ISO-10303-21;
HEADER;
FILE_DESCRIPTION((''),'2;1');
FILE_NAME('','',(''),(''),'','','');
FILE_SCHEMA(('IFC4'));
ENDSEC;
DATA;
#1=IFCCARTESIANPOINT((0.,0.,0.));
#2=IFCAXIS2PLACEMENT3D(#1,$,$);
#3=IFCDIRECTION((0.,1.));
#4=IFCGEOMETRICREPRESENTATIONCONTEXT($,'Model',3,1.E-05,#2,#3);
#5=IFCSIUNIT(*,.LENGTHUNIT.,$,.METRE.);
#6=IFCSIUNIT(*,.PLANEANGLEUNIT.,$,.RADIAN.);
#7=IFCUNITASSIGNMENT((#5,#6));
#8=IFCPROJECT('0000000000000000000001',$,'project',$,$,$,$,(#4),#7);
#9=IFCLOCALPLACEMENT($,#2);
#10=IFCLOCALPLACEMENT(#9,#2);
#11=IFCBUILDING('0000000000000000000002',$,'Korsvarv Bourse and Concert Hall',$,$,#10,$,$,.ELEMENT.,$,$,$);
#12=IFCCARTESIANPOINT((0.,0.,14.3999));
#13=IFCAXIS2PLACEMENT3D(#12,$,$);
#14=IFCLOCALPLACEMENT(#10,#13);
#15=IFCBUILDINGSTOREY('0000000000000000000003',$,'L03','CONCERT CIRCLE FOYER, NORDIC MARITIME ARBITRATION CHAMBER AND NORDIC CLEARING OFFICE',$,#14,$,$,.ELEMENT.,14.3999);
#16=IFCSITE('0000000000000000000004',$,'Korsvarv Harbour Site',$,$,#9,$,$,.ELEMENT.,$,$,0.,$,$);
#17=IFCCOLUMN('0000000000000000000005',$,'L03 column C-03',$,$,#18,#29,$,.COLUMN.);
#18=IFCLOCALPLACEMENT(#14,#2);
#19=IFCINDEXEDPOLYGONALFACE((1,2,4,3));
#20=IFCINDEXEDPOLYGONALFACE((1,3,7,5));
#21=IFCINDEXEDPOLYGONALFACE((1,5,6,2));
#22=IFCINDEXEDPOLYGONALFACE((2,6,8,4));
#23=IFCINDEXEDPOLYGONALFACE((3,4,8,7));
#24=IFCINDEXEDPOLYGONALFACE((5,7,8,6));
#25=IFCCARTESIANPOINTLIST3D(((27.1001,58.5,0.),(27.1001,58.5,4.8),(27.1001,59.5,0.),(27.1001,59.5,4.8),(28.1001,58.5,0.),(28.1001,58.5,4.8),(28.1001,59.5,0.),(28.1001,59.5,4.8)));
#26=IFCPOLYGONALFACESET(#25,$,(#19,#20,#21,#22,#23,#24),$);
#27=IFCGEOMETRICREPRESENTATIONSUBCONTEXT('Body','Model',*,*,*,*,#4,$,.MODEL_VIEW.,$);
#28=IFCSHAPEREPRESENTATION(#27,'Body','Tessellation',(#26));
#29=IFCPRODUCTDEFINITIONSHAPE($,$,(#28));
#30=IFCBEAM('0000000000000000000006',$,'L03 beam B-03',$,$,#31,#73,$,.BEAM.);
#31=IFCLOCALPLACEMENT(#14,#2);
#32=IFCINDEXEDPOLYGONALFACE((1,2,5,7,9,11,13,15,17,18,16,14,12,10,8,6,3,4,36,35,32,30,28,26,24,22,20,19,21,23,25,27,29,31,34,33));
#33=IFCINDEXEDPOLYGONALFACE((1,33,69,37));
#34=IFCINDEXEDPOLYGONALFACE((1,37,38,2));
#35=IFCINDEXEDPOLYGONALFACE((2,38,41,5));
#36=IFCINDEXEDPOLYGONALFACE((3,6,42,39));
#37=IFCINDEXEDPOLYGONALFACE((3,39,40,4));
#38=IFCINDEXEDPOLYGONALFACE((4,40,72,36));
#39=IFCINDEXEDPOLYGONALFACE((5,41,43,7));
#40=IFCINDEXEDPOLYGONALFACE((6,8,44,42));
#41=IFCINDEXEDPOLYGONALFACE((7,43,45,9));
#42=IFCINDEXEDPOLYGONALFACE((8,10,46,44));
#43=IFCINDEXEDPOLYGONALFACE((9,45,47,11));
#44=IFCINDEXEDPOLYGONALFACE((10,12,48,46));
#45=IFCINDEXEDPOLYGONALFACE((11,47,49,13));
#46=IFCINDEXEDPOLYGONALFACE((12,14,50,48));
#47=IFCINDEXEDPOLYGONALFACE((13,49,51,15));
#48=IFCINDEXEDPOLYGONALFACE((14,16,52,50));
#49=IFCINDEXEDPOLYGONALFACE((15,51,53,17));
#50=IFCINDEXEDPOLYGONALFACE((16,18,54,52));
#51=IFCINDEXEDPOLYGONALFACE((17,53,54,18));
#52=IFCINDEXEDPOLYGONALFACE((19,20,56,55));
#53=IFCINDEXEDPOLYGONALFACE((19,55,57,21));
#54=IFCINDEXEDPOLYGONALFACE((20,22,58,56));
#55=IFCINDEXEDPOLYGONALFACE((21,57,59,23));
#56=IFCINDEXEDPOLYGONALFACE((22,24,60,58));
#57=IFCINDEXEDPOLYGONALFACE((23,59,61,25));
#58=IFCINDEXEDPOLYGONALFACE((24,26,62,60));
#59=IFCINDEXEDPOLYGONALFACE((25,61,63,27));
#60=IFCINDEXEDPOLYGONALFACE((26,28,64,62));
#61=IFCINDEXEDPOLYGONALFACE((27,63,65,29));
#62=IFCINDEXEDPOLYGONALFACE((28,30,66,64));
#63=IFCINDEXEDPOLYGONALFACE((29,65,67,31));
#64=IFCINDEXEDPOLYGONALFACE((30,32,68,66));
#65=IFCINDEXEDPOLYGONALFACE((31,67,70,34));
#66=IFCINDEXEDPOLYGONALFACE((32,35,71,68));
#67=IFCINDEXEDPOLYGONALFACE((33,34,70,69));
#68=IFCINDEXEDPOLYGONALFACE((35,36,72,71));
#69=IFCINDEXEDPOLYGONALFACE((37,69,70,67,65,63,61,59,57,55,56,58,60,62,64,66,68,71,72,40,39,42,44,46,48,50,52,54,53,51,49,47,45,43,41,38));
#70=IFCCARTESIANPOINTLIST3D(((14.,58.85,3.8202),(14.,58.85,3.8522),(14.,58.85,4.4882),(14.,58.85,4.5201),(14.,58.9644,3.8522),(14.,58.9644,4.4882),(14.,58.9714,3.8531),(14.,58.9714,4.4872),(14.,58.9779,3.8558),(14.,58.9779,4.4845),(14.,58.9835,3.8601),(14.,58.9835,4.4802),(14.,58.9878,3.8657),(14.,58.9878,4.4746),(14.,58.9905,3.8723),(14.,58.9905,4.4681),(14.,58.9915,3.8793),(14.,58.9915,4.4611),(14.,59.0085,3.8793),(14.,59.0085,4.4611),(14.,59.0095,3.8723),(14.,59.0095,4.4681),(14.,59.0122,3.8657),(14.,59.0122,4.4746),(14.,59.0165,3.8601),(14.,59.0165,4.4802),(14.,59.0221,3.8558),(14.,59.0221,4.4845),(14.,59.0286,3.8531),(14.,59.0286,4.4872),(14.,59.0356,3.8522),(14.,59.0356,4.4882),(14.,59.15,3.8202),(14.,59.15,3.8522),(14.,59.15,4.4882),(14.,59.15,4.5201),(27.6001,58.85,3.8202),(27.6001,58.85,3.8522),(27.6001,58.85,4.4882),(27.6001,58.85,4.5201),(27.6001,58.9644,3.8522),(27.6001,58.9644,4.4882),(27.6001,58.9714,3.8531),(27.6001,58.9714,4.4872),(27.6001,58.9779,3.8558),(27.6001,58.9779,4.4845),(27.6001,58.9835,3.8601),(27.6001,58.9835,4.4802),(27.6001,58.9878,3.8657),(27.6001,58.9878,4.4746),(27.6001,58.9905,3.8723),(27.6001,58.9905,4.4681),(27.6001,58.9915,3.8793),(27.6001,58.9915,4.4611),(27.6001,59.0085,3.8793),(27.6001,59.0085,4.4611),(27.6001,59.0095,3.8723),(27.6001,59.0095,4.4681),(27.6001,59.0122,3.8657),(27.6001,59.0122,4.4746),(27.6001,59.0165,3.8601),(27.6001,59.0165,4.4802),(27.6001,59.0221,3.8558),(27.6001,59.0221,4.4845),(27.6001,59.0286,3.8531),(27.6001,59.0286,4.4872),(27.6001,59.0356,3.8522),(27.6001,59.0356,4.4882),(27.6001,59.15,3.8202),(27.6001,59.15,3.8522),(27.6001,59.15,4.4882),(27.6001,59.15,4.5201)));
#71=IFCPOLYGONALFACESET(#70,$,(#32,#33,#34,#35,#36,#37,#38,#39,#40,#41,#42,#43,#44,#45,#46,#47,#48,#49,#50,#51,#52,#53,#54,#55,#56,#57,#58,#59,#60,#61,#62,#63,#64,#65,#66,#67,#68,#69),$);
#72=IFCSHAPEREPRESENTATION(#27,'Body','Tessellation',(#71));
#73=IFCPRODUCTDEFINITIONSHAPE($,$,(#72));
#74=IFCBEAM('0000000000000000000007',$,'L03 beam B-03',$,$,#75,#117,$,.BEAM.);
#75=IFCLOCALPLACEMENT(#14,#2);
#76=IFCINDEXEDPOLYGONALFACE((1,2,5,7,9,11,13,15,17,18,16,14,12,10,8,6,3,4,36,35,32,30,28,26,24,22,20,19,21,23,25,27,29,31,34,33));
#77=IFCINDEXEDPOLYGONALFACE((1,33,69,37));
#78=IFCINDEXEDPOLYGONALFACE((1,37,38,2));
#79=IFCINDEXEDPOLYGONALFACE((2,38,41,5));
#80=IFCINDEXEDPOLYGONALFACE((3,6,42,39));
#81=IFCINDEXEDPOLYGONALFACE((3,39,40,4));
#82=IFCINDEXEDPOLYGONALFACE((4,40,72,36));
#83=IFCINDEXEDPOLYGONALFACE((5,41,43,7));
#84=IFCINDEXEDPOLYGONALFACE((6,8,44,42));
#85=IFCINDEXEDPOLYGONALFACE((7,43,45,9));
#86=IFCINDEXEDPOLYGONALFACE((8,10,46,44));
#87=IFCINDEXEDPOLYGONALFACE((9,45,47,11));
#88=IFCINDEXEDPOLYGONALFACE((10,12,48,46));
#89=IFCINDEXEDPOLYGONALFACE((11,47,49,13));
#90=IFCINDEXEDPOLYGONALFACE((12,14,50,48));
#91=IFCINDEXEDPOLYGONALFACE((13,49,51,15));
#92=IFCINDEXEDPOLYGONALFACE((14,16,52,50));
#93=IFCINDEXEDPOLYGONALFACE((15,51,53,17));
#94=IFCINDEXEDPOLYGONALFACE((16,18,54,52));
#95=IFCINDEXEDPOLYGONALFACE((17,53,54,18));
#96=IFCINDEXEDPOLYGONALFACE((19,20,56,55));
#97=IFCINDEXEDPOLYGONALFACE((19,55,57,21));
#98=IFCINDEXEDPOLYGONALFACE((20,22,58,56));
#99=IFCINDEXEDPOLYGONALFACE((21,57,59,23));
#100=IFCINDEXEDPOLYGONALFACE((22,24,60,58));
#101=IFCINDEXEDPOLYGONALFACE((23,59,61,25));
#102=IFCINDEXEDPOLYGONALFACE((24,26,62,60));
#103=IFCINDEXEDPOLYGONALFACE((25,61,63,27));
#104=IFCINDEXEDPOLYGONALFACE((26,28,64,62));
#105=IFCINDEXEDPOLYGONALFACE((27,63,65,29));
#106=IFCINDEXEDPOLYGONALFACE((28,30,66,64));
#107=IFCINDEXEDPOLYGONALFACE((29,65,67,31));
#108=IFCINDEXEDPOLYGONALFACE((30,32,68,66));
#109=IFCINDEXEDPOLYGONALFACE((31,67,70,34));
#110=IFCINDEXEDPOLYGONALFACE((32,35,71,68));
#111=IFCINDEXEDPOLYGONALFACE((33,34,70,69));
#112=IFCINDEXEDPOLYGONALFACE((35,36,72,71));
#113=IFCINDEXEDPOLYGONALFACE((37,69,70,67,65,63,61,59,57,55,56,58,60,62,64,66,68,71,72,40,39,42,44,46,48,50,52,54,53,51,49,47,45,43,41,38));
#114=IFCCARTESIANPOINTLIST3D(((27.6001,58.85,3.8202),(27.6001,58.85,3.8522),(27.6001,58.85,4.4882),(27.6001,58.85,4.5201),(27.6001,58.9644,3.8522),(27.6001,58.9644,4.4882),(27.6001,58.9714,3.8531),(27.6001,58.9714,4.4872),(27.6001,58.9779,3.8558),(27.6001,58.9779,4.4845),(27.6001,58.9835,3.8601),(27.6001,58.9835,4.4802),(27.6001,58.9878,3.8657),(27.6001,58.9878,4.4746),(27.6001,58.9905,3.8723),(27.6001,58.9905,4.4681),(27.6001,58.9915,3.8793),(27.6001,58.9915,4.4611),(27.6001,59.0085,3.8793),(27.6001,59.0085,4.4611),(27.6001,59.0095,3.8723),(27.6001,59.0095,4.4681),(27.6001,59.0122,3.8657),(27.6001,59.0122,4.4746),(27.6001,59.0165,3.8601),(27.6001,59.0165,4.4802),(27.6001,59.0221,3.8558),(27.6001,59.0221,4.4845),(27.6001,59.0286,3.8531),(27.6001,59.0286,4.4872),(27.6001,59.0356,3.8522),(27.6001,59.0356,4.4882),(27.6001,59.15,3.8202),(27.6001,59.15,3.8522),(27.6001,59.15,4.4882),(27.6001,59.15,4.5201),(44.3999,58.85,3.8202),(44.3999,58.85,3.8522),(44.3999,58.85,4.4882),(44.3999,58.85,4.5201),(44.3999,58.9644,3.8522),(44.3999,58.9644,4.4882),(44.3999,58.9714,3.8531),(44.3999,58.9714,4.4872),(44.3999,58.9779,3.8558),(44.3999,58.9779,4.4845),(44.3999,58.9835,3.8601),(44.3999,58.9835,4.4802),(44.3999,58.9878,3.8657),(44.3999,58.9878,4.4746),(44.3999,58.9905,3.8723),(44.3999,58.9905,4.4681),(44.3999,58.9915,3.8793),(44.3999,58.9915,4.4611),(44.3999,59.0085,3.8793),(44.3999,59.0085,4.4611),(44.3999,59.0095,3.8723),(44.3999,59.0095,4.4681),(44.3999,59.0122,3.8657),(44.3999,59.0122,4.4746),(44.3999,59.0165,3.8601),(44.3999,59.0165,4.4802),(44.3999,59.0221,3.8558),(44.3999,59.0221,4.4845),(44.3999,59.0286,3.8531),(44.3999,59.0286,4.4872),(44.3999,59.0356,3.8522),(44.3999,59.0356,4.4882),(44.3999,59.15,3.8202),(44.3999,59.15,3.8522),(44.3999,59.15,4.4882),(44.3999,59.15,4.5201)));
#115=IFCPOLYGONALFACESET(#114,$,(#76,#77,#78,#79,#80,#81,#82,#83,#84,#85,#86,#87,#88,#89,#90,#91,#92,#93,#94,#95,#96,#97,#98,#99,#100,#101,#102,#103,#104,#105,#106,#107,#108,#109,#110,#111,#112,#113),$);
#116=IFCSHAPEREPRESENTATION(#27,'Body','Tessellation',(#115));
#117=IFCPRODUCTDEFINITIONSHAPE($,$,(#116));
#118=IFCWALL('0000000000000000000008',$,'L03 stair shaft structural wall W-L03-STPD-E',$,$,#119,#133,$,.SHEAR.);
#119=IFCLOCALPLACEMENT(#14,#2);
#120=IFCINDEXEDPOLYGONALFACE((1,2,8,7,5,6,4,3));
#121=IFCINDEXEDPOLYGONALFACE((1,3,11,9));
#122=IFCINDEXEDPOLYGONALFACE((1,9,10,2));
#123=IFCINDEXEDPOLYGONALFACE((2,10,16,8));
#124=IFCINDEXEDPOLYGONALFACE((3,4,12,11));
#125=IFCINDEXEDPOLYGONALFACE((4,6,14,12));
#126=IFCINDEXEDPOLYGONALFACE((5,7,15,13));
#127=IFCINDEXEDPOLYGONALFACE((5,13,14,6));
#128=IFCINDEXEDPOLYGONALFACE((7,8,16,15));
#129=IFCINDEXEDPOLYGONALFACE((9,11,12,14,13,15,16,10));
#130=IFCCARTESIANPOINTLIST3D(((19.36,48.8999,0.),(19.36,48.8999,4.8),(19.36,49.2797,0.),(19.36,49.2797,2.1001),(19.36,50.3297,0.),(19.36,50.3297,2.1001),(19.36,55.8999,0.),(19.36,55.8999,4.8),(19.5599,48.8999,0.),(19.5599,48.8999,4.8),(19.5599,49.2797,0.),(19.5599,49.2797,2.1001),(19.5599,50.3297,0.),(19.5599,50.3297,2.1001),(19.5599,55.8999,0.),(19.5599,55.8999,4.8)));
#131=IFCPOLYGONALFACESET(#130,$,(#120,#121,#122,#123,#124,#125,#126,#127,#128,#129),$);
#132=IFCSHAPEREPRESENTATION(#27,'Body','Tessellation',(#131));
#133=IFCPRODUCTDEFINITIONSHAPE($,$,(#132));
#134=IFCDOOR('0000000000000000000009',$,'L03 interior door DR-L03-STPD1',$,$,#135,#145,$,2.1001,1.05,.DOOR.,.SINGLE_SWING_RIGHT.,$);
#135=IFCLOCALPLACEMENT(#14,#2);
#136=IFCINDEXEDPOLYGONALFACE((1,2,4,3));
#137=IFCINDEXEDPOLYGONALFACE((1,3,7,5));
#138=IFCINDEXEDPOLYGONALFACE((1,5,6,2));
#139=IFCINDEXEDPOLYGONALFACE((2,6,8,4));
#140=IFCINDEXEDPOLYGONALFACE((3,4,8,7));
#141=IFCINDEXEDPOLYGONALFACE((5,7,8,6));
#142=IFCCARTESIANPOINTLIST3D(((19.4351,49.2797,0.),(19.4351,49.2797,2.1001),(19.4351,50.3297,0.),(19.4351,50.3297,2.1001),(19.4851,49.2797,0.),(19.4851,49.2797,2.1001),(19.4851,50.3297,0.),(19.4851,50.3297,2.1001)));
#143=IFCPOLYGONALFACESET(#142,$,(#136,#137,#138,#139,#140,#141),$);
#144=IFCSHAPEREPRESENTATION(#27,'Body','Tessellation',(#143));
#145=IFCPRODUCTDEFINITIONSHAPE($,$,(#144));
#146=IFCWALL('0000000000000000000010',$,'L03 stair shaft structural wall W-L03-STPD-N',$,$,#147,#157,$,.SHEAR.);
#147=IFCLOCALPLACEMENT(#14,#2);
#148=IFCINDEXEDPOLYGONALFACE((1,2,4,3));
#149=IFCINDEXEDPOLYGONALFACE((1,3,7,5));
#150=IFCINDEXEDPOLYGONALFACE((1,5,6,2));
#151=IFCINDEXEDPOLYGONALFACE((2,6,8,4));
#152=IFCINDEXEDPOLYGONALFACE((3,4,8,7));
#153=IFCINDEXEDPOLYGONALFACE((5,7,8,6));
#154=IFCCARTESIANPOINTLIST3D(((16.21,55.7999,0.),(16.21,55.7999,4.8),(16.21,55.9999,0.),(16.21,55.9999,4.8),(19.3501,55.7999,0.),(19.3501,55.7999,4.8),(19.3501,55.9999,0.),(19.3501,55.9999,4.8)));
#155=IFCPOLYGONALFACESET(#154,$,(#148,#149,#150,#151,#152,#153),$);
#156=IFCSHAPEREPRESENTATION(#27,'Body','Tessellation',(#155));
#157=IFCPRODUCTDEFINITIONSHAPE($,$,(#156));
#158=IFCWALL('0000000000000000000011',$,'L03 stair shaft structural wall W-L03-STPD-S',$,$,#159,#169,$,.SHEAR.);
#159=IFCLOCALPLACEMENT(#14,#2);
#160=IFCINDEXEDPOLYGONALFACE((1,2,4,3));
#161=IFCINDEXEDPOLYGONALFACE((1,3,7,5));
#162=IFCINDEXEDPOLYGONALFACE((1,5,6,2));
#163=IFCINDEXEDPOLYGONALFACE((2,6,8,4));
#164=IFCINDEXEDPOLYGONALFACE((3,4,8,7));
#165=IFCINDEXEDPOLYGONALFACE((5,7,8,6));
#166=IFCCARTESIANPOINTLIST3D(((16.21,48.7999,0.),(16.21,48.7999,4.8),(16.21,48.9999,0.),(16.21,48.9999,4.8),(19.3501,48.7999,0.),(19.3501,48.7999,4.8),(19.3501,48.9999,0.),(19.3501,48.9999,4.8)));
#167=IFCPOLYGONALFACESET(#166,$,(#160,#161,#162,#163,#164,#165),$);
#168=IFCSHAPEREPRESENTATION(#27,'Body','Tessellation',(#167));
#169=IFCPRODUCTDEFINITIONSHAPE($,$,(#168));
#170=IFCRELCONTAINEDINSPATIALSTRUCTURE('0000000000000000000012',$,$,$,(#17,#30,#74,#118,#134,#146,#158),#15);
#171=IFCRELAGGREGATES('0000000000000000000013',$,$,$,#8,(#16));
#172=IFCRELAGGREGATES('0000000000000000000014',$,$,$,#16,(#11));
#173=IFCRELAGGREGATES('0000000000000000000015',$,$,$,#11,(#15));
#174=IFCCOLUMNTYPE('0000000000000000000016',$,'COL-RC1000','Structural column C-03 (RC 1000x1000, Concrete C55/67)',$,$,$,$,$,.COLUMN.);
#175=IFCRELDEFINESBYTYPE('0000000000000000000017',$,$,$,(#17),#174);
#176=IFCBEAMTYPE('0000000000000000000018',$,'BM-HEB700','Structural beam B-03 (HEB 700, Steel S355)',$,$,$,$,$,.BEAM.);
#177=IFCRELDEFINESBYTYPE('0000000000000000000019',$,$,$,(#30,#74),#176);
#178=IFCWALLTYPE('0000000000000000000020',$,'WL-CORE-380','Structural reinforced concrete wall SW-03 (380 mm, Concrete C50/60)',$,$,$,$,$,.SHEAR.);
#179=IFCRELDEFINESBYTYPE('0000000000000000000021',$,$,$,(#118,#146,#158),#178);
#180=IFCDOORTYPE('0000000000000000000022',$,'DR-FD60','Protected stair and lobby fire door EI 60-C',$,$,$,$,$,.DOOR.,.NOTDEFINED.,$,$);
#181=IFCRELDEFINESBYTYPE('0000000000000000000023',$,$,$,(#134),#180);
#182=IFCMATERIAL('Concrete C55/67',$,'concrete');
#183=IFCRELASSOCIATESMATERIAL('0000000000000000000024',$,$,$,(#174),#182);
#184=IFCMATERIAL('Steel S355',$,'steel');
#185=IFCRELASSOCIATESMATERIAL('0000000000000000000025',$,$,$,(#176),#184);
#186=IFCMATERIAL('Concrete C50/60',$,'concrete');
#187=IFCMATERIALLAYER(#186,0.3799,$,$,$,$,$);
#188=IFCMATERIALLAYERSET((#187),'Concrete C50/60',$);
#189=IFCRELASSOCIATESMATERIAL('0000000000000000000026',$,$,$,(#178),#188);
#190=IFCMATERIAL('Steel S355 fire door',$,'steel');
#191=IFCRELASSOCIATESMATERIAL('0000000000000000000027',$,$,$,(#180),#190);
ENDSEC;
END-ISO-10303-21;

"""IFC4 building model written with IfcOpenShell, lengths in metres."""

from ifc_helpers import new_model, si_unit, direction, frame, frame_2d, origin, origin_2d, place, context, subcontext, project, spatial, rectangle, i_section, extrude, source, transform, mapped, material, layer, layer_set, material_profile, profile_set, type_object, element, fill, save


model = new_model("IFC4")

# Units and contexts
model_context = context("Model", 3, precision=1e-05, world=origin(), true_north=direction((0.0, 1.0)))
body_context = subcontext(model_context, "Body", "Model", "MODEL_VIEW")
ifc_project = project(units=[si_unit("LENGTHUNIT", "METRE"), si_unit("PLANEANGLEUNIT", "RADIAN")], contexts=[model_context])

# Site, building, storey
site_placement = place(None, origin())
site = spatial("IfcSite", under=ifc_project, at=site_placement, Name="Korsvarv Harbour Site", CompositionType="ELEMENT", RefElevation=0.0)
building_placement = place(site_placement, origin())
building = spatial("IfcBuilding", under=site, at=building_placement, Name="Korsvarv Bourse and Concert Hall", CompositionType="ELEMENT")
storey_placement = place(building_placement, frame((0.0, 0.0, 14.3999)))
storey = spatial("IfcBuildingStorey", under=building, at=storey_placement, Name="L03", Description="CONCERT CIRCLE FOYER, NORDIC MARITIME ARBITRATION CHAMBER AND NORDIC CLEARING OFFICE", CompositionType="ELEMENT", Elevation=14.3999)

# Column
ifc_material_1 = material(Name="Concrete C55/67", Category="concrete")
ifc_material_profile_1 = material_profile(ifc_material_1, rectangle(XDim=1.0, YDim=1.0, at=origin_2d()), Name="RC 1000x1000")
ifc_profile_set_1 = profile_set([ifc_material_profile_1], Name="Concrete C55/67")
column_type = type_object("IfcColumnType", Name="COL-RC1000", Description="Structural column C-03 (RC 1000x1000, Concrete C55/67)", PredefinedType="COLUMN", material=ifc_profile_set_1)
shared_shape_1 = source(origin(), body_context, "Body", "SweptSolid", [
    extrude(rectangle(XDim=1.0, YDim=1.0, at=origin_2d()), origin(), (0.0, 0.0, 1.0), 4.8),
])
column_placement = place(storey_placement, frame((27.6001, 59.0, 0.0), z_axis=(0.0, 0.0, 1.0), x_axis=(1.0, 0.0, 0.0)))
element("IfcColumn", 1, at=column_placement, inside=storey, type_object=column_type, Name="L03 column C-03", PredefinedType="COLUMN", context=body_context, shape_type="MappedRepresentation", body=[
    mapped(shared_shape_1, transform((0.0, 0.0, 0.0), scale=1.0)),
])

# Beams
ifc_material_2 = material(Name="Steel S355", Category="steel")
ifc_material_profile_2 = material_profile(ifc_material_2, i_section(OverallWidth=0.3, OverallDepth=0.7, WebThickness=0.0171, FlangeThickness=0.032, FilletRadius=0.0271, at=origin_2d()), Name="HEB 700")
ifc_profile_set_2 = profile_set([ifc_material_profile_2], Name="Steel S355")
beam_type = type_object("IfcBeamType", Name="BM-HEB700", Description="Structural beam B-03 (HEB 700, Steel S355)", PredefinedType="BEAM", material=ifc_profile_set_2)
shared_shape_2 = source(origin(), body_context, "Body", "SweptSolid", [
    extrude(i_section(OverallWidth=0.3, OverallDepth=0.7, WebThickness=0.0171, FlangeThickness=0.032, FilletRadius=0.0271, at=origin_2d()), origin(), (0.0, 0.0, 1.0), 13.6001),
])
beam_1_placement = place(storey_placement, frame((14.0, 59.0, 4.1702), z_axis=(1.0, 0.0, 0.0), x_axis=(0.0, 1.0, 0.0)))
element("IfcBeam", 2, at=beam_1_placement, inside=storey, type_object=beam_type, Name="L03 beam B-03", PredefinedType="BEAM", context=body_context, shape_type="MappedRepresentation", body=[
    mapped(shared_shape_2, transform((0.0, 0.0, 0.0), scale=1.0)),
])
shared_shape_3 = source(origin(), body_context, "Body", "SweptSolid", [
    extrude(i_section(OverallWidth=0.3, OverallDepth=0.7, WebThickness=0.0171, FlangeThickness=0.032, FilletRadius=0.0271, at=origin_2d()), origin(), (0.0, 0.0, 1.0), 16.7998),
])
beam_2_placement = place(storey_placement, frame((27.6001, 59.0, 4.1702), z_axis=(1.0, 0.0, 0.0), x_axis=(0.0, 1.0, 0.0)))
element("IfcBeam", 3, at=beam_2_placement, inside=storey, type_object=beam_type, Name="L03 beam B-03", PredefinedType="BEAM", context=body_context, shape_type="MappedRepresentation", body=[
    mapped(shared_shape_3, transform((0.0, 0.0, 0.0), scale=1.0)),
])

# Wall, opening, door
ifc_material_3 = material(Name="Concrete C50/60", Category="concrete")
ifc_layer_1 = layer(ifc_material_3, 0.3799)
ifc_layer_set_1 = layer_set([ifc_layer_1], Name="Concrete C50/60")
wall_type_1 = type_object("IfcWallType", Name="WL-CORE-380", Description="Structural reinforced concrete wall SW-03 (380 mm, Concrete C50/60)", PredefinedType="SHEAR", material=ifc_layer_set_1)
wall_1_placement = place(storey_placement, frame((19.46, 48.8999, 0.0), z_axis=(0.0, 0.0, 1.0), x_axis=(0.0, 1.0, 0.0)))
wall_1 = element("IfcWall", 4, at=wall_1_placement, inside=storey, type_object=wall_type_1, Name="L03 stair shaft structural wall W-L03-STPD-E", PredefinedType="SHEAR", context=body_context, shape_type="SweptSolid", body=[
    extrude(rectangle(XDim=7.0, YDim=0.2, at=frame_2d((3.5, 0.0))), origin(), (0.0, 0.0, 1.0), 4.8),
])
opening_1_placement = place(wall_1_placement, frame((0.3799, 0.0, 0.0)))
opening_1 = element("IfcOpeningElement", 5, at=opening_1_placement, cuts=wall_1, PredefinedType="OPENING", context=body_context, shape_type="SweptSolid", body=[
    extrude(rectangle(XDim=1.05, YDim=2.1001, at=frame_2d((0.5249, 1.05))), frame((0.0, 0.1099, 0.0), z_axis=(0.0, -1.0, 0.0), x_axis=(1.0, 0.0, 0.0)), (0.0, 0.0, 1.0), 0.22),
])
ifc_material_4 = material(Name="Steel S355 fire door", Category="steel")
door_type = type_object("IfcDoorType", Name="DR-FD60", Description="Protected stair and lobby fire door EI 60-C", OperationType="NOTDEFINED", PredefinedType="DOOR", material=ifc_material_4)
door_placement = place(opening_1_placement, origin())
door = element("IfcDoor", 6, at=door_placement, inside=storey, type_object=door_type, Name="L03 interior door DR-L03-STPD1", OperationType="SINGLE_SWING_RIGHT", OverallHeight=2.1001, OverallWidth=1.05, PredefinedType="DOOR", context=body_context, shape_type="SweptSolid", body=[
    extrude(rectangle(XDim=1.05, YDim=2.1001, at=frame_2d((0.5249, 1.05))), frame((0.0, 0.0249, 0.0), z_axis=(0.0, -1.0, 0.0), x_axis=(1.0, 0.0, 0.0)), (0.0, 0.0, 1.0), 0.05),
])
fill(opening_1, door)

# Walls
for number, where, z_axis, x_axis, name in (
    (7, (16.21, 55.8999, 0.0), (0.0, 0.0, 1.0), (1.0, 0.0, 0.0), "L03 stair shaft structural wall W-L03-STPD-N"),
    (8, (16.21, 48.8999, 0.0), (0.0, 0.0, 1.0), (1.0, 0.0, 0.0), "L03 stair shaft structural wall W-L03-STPD-S"),
):
    element("IfcWall", number, at=place(storey_placement, frame(where, z_axis=z_axis, x_axis=x_axis)), inside=storey, type_object=wall_type_1, Name=name, PredefinedType="SHEAR", context=body_context, shape_type="SweptSolid", body=[
        extrude(rectangle(XDim=3.1401, YDim=0.2, at=frame_2d((1.5701, 0.0))), origin(), (0.0, 0.0, 1.0), 4.8),
    ])

save(model, "model.ifc")
